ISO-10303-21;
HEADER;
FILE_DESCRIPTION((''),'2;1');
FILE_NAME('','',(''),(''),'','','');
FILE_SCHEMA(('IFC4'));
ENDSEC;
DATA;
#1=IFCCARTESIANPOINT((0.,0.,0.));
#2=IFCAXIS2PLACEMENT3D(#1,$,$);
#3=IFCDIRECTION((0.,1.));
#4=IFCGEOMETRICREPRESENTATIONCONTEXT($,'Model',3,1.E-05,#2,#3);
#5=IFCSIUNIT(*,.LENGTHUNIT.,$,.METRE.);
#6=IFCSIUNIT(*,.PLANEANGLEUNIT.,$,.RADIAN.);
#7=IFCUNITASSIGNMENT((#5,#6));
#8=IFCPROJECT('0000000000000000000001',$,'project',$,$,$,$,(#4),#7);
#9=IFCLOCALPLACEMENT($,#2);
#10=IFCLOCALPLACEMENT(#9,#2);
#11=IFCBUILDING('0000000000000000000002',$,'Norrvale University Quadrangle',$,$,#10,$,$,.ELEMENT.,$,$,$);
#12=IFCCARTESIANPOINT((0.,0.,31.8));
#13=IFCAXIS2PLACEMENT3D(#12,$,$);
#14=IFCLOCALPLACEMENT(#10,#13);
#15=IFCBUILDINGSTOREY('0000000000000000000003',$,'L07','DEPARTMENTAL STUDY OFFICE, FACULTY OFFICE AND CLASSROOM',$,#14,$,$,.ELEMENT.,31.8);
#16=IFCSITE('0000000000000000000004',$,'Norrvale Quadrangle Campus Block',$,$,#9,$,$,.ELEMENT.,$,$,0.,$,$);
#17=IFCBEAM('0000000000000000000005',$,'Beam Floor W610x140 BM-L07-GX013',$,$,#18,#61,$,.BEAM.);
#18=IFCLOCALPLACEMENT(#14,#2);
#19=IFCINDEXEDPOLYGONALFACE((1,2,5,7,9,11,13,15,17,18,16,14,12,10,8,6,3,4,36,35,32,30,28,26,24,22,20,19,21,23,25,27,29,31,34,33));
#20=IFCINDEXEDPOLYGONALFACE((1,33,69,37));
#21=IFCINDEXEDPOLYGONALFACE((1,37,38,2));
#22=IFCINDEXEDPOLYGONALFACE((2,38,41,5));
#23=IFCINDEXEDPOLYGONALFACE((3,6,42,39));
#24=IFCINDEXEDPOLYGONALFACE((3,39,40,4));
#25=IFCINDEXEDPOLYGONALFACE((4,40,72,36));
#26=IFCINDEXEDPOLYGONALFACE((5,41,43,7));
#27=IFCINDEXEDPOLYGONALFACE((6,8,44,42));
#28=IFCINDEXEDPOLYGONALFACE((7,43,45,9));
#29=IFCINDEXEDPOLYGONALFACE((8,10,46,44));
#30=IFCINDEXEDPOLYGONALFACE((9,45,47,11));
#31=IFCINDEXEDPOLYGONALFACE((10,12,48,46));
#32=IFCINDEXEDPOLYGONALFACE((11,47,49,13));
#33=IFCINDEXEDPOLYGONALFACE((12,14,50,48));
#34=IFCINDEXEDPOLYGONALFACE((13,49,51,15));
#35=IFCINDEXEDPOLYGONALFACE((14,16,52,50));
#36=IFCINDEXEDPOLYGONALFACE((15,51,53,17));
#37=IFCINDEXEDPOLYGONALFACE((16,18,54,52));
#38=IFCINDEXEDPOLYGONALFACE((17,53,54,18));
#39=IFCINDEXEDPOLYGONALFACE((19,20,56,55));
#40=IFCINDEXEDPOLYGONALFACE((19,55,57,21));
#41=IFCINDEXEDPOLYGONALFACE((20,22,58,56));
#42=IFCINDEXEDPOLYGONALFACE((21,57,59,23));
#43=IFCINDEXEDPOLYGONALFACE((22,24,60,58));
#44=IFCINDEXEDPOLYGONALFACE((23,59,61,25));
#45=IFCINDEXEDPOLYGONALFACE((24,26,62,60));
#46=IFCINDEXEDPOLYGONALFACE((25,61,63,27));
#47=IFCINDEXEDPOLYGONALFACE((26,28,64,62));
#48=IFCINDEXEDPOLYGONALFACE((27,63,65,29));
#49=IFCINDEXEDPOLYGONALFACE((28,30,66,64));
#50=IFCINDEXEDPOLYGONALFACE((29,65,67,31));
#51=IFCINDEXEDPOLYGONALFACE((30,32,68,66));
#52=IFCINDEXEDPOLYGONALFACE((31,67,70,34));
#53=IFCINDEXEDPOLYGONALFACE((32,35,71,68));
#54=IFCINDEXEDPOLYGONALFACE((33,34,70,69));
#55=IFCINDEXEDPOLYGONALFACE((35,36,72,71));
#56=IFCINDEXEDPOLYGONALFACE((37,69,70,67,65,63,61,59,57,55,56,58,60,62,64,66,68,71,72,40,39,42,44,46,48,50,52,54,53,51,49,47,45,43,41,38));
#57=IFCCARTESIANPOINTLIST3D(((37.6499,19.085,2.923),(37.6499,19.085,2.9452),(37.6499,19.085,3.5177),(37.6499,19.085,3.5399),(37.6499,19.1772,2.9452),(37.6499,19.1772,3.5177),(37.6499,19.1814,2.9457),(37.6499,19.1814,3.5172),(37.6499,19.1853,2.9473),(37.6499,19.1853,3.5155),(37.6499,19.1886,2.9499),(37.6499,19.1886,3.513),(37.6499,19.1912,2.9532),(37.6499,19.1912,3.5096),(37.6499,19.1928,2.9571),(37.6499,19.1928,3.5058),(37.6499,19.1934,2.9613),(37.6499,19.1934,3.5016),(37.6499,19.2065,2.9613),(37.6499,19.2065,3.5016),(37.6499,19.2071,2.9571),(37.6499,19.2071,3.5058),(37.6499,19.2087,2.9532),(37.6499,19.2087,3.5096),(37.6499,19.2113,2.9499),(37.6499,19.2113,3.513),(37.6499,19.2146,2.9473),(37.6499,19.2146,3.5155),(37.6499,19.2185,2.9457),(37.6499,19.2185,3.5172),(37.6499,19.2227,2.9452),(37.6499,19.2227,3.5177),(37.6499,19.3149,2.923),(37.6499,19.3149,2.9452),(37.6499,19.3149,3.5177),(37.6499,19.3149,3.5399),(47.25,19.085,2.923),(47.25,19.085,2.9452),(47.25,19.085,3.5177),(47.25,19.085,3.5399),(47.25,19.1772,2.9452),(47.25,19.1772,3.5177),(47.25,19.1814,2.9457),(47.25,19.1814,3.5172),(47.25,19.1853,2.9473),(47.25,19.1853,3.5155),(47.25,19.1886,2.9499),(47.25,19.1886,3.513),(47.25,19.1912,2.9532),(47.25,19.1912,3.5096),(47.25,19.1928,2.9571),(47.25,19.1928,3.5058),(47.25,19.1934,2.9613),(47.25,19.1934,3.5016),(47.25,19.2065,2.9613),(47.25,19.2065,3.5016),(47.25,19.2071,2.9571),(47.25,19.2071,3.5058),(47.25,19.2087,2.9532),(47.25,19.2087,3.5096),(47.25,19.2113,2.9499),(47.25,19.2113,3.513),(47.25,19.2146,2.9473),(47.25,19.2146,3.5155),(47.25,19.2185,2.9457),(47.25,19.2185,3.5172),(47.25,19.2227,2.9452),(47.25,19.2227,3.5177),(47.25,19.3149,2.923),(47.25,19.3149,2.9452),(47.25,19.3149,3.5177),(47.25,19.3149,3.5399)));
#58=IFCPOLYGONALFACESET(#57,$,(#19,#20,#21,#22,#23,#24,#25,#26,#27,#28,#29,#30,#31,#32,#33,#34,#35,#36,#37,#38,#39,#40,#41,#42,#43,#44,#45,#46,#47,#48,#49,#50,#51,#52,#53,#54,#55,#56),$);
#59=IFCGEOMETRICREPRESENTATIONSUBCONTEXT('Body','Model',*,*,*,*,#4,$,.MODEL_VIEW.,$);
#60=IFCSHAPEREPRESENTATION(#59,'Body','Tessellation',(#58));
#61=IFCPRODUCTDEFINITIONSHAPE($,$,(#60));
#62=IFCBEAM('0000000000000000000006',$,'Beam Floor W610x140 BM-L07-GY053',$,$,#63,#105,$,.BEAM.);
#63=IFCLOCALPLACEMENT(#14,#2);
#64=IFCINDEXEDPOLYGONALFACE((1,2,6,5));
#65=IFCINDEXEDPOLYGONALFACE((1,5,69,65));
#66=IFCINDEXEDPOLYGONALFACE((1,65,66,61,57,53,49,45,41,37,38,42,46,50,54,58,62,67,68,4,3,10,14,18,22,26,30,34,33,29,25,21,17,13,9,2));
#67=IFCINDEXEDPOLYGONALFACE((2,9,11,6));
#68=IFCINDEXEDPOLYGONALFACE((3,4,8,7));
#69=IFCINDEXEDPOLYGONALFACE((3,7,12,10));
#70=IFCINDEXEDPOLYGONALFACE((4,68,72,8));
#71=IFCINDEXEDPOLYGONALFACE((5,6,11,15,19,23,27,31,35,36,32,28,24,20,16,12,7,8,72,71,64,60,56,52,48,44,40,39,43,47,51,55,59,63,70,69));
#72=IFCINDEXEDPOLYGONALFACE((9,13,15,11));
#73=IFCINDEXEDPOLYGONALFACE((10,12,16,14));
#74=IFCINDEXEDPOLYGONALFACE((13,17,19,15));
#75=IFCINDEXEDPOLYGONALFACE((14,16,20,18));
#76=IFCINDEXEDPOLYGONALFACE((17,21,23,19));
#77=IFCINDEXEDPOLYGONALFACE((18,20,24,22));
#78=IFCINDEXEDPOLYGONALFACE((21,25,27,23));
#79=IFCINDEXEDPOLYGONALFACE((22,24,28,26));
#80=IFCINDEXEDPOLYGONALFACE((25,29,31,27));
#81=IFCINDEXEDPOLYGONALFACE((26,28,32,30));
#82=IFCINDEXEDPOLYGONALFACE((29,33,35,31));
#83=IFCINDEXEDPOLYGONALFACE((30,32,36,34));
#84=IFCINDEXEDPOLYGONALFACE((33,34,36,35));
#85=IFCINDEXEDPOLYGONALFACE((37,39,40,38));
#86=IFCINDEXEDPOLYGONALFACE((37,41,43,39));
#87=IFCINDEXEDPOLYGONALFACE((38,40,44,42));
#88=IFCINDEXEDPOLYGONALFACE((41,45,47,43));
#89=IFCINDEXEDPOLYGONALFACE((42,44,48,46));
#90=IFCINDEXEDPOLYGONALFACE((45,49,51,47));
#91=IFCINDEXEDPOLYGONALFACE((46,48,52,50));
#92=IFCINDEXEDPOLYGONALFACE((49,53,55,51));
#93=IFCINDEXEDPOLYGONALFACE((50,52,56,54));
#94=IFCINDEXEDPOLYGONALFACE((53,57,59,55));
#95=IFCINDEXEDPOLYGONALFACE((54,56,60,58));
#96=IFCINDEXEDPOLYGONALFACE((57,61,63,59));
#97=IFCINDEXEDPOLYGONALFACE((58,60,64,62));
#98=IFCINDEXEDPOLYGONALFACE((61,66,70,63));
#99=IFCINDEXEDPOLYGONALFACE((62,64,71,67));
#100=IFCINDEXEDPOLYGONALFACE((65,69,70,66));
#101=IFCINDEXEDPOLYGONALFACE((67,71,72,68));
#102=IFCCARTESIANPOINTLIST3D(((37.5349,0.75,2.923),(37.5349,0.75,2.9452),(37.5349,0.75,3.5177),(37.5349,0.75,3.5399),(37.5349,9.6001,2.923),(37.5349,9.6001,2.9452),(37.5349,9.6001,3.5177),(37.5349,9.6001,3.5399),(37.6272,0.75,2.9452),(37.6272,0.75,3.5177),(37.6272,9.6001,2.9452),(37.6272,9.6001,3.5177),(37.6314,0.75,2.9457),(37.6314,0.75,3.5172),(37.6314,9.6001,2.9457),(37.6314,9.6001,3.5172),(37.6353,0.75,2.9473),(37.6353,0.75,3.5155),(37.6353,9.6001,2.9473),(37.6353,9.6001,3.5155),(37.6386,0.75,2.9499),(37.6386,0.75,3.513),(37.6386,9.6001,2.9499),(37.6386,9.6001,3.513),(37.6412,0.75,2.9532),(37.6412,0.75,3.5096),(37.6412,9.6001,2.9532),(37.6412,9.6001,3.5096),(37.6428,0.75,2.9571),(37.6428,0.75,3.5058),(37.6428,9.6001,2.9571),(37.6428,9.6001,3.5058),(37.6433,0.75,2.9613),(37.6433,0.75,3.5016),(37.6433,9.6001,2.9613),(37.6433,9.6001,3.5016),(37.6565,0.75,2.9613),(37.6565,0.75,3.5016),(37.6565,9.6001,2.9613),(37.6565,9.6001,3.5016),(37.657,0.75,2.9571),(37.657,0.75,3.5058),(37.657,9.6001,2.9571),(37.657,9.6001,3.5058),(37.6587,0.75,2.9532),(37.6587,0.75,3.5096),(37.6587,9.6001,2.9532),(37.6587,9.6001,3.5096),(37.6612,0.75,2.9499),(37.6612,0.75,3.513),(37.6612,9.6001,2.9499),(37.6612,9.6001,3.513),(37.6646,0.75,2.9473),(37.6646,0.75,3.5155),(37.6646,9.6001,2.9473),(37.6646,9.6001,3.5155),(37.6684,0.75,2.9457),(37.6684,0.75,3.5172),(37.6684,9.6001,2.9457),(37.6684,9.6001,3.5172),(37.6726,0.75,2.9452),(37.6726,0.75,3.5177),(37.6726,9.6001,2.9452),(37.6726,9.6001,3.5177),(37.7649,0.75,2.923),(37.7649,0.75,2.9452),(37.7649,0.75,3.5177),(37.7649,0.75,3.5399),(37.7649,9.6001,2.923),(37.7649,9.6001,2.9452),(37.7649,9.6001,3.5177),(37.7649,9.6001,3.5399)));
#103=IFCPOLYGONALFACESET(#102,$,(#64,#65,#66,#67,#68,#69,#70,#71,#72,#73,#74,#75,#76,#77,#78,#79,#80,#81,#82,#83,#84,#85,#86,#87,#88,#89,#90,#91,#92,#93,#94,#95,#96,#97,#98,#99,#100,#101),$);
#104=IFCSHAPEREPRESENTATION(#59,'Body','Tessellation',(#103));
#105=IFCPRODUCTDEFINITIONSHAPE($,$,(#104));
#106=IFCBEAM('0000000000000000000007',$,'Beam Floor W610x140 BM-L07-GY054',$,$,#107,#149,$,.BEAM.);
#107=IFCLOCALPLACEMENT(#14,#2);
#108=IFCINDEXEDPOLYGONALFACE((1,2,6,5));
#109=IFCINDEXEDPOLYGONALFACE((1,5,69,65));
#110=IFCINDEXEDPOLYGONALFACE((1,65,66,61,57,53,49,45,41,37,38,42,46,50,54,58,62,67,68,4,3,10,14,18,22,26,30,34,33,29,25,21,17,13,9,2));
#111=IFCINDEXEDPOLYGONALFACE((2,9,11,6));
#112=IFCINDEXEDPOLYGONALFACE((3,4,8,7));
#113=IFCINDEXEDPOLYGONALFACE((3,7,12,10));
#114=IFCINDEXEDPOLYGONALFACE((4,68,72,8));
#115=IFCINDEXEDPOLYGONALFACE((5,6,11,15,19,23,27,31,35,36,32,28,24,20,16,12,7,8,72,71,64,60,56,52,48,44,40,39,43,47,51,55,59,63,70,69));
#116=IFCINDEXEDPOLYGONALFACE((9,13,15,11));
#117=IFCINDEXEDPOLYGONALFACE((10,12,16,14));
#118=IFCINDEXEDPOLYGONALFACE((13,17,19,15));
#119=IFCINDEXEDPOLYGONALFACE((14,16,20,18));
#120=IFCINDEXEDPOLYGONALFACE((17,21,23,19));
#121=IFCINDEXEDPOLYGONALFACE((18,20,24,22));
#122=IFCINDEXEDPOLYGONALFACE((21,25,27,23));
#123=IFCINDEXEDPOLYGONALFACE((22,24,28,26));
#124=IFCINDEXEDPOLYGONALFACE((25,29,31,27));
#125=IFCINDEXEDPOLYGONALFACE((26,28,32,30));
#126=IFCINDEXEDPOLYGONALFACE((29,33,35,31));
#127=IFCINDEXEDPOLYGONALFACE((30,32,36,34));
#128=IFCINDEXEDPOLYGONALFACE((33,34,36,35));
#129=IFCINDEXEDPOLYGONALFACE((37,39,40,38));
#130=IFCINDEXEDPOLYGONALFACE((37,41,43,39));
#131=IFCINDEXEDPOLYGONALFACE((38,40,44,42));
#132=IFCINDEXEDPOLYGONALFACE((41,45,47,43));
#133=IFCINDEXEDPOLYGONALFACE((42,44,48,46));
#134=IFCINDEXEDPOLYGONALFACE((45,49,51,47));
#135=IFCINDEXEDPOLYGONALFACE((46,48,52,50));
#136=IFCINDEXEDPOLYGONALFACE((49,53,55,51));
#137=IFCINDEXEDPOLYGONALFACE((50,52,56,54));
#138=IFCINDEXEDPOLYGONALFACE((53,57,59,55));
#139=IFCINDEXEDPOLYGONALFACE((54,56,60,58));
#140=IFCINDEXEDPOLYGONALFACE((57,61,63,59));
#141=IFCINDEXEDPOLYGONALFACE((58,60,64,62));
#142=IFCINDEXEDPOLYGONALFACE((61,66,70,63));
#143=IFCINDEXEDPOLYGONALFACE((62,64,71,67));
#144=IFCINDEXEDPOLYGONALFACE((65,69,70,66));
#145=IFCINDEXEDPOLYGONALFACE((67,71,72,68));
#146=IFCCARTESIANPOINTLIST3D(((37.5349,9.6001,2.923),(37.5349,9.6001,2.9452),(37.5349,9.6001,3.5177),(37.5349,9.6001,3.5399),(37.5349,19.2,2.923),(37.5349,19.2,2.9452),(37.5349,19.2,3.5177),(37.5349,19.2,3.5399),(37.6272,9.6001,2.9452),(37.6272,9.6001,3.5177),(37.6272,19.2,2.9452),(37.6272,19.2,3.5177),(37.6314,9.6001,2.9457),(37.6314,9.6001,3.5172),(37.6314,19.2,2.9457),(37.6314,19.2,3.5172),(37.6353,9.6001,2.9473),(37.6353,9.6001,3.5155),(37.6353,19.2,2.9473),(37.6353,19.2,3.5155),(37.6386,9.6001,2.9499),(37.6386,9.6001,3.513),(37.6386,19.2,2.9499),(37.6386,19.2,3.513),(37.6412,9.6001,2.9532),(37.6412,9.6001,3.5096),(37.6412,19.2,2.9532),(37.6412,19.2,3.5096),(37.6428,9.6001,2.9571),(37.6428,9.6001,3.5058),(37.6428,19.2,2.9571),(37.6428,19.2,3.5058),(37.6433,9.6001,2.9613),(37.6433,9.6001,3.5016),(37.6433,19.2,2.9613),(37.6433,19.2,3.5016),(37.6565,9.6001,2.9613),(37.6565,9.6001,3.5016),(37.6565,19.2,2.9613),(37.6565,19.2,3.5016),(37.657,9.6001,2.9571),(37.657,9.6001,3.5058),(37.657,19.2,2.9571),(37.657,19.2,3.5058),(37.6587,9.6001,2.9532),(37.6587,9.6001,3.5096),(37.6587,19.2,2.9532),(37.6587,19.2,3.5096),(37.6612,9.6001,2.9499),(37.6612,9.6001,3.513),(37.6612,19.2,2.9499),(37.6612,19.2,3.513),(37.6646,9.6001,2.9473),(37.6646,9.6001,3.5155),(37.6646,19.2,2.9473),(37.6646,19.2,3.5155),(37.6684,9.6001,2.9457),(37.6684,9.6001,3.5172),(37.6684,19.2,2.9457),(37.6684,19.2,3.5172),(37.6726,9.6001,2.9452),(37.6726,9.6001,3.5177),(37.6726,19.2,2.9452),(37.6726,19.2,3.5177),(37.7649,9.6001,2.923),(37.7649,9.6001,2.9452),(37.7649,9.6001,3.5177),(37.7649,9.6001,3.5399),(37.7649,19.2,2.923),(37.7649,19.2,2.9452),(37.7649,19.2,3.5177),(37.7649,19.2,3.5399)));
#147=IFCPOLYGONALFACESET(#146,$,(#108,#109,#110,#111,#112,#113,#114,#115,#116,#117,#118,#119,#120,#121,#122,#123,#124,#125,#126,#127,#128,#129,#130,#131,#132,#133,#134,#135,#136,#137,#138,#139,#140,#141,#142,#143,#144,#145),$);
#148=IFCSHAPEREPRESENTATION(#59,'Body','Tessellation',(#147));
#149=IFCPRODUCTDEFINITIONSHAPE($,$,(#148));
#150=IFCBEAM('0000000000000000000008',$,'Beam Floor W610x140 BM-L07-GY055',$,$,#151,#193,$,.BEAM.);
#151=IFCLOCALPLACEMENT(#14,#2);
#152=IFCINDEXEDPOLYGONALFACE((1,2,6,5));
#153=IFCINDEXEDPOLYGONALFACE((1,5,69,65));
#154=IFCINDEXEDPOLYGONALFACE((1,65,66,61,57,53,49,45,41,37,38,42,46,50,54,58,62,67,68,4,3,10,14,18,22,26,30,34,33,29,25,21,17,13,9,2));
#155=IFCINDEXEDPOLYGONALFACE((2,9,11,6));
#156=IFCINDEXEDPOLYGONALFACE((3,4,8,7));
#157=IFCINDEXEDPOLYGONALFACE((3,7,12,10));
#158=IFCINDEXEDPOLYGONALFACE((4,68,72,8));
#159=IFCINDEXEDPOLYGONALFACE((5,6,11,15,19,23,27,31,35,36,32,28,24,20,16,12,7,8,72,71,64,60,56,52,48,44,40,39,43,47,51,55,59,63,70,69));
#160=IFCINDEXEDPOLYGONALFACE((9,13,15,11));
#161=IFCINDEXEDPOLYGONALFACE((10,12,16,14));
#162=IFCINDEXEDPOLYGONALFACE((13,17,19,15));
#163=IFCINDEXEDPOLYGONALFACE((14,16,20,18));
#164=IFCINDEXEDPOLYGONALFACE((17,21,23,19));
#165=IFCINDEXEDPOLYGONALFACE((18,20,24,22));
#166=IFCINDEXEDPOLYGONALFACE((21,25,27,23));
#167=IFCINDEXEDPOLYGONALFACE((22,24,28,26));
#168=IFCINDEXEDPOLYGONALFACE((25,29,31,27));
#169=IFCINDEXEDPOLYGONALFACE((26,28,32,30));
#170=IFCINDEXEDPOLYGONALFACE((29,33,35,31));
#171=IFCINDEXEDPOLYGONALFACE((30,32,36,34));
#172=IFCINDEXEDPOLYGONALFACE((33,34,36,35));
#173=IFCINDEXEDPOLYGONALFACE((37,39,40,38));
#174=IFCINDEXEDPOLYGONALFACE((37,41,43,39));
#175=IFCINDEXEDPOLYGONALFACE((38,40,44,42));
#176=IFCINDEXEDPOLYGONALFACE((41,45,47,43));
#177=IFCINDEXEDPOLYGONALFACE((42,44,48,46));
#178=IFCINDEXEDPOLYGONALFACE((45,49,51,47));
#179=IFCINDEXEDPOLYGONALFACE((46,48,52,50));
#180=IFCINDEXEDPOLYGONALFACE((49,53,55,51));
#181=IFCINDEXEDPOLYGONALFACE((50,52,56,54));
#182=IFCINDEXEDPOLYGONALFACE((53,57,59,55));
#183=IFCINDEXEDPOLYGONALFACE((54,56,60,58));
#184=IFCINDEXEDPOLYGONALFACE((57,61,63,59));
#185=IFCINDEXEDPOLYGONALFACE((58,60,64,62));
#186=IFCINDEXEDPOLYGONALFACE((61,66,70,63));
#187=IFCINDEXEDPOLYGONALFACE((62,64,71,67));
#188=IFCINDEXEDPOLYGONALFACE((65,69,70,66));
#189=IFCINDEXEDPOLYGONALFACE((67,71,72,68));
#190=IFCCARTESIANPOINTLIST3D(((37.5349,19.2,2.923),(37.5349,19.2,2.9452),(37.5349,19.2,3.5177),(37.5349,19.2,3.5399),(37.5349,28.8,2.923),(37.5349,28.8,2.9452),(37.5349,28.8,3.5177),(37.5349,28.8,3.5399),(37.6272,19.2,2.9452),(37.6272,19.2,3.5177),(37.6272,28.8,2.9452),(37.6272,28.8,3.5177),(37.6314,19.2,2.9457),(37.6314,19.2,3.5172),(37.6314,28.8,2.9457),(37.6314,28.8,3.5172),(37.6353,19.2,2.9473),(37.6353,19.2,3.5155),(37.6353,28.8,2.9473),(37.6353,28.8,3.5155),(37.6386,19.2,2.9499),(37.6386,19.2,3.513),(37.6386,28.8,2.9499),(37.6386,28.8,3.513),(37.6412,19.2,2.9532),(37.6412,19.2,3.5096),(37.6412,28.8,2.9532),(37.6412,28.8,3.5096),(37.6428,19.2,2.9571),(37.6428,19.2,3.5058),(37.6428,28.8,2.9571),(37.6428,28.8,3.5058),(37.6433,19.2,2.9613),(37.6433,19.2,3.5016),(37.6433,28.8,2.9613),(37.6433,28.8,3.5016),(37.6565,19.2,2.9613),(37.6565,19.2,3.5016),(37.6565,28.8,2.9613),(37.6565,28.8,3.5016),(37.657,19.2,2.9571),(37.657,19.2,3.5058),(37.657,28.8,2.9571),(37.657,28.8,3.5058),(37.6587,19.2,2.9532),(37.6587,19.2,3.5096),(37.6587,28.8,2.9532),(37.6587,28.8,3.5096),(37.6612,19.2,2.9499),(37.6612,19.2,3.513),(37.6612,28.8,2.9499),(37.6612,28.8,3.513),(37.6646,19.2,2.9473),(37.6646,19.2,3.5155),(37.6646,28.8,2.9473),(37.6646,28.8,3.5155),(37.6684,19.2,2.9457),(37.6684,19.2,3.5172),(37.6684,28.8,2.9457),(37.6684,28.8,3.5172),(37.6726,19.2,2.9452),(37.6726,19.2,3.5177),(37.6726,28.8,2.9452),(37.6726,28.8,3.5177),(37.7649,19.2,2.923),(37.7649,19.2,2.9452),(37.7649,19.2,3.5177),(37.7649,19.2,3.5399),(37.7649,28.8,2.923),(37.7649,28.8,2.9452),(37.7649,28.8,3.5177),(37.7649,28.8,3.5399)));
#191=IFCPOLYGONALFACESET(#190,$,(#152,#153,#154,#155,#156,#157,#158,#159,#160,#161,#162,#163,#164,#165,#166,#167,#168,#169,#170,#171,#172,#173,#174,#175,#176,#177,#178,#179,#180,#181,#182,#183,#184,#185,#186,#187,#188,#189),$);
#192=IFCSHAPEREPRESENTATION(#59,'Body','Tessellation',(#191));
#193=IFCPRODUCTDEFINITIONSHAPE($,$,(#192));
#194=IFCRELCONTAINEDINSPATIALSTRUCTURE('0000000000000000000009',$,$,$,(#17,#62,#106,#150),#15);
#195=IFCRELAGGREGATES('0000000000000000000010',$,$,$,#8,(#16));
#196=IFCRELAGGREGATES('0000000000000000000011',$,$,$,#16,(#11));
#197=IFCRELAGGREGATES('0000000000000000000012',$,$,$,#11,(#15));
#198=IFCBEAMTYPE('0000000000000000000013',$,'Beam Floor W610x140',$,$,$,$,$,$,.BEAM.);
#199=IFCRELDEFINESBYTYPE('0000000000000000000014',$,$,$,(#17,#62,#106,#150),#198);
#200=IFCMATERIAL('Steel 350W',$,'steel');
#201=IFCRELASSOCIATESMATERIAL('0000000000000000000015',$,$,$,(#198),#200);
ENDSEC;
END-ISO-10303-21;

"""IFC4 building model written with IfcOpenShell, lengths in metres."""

from ifc_helpers import new_model, si_unit, direction, frame, origin, origin_2d, place, context, subcontext, project, spatial, i_section, extrude, material, material_profile, profile_set, type_object, element, save


model = new_model("IFC4")

# Units and contexts
model_context = context("Model", 3, precision=1e-05, world=origin(), true_north=direction((0.0, 1.0)))
body_context = subcontext(model_context, "Body", "Model", "MODEL_VIEW")
ifc_project = project(units=[si_unit("LENGTHUNIT", "METRE"), si_unit("PLANEANGLEUNIT", "RADIAN")], contexts=[model_context])

# Site, building, storey
site_placement = place(None, origin())
site = spatial("IfcSite", under=ifc_project, at=site_placement, Name="Norrvale Quadrangle Campus Block", CompositionType="ELEMENT", RefElevation=0.0)
building_placement = place(site_placement, origin())
building = spatial("IfcBuilding", under=site, at=building_placement, Name="Norrvale University Quadrangle", CompositionType="ELEMENT")
storey_placement = place(building_placement, frame((0.0, 0.0, 31.8)))
storey = spatial("IfcBuildingStorey", under=building, at=storey_placement, Name="L07", Description="DEPARTMENTAL STUDY OFFICE, FACULTY OFFICE AND CLASSROOM", CompositionType="ELEMENT", Elevation=31.8)

# Beams
ifc_material_1 = material(Name="Steel 350W", Category="steel")
ifc_material_profile_1 = material_profile(ifc_material_1, i_section(OverallWidth=0.23, OverallDepth=0.6169, WebThickness=0.0132, FlangeThickness=0.0222, FilletRadius=0.0161, at=origin_2d()), Name="Steel 350W")
ifc_profile_set_1 = profile_set([ifc_material_profile_1], Name="Steel 350W")
beam_type_1 = type_object("IfcBeamType", Name="Beam Floor W610x140", PredefinedType="BEAM", material=ifc_profile_set_1)
for number, where, z_axis, x_axis, name in (
    (1, (37.6499, 19.2, 3.2314), (1.0, 0.0, 0.0), (0.0, 1.0, 0.0), "Beam Floor W610x140 BM-L07-GX013"),
):
    element("IfcBeam", number, at=place(storey_placement, frame(where, z_axis=z_axis, x_axis=x_axis)), inside=storey, type_object=beam_type_1, Name=name, PredefinedType="BEAM", context=body_context, shape_type="SweptSolid", body=[
        extrude(i_section(OverallWidth=0.23, OverallDepth=0.6169, WebThickness=0.0132, FlangeThickness=0.0222, FilletRadius=0.0161, at=origin_2d()), origin(), (0.0, 0.0, 1.0), 9.6001),
    ])
beam_1_placement = place(storey_placement, frame((37.6499, 0.75, 3.2314), z_axis=(0.0, 1.0, 0.0), x_axis=(-1.0, 0.0, 0.0)))
element("IfcBeam", 2, at=beam_1_placement, inside=storey, type_object=beam_type_1, Name="Beam Floor W610x140 BM-L07-GY053", PredefinedType="BEAM", context=body_context, shape_type="SweptSolid", body=[
    extrude(i_section(OverallWidth=0.23, OverallDepth=0.6169, WebThickness=0.0132, FlangeThickness=0.0222, FilletRadius=0.0161, at=origin_2d()), origin(), (0.0, 0.0, 1.0), 8.8501),
])
beam_2_placement = place(storey_placement, frame((37.6499, 9.6001, 3.2314), z_axis=(0.0, 1.0, 0.0), x_axis=(-1.0, 0.0, 0.0)))
element("IfcBeam", 3, at=beam_2_placement, inside=storey, type_object=beam_type_1, Name="Beam Floor W610x140 BM-L07-GY054", PredefinedType="BEAM", context=body_context, shape_type="SweptSolid", body=[
    extrude(i_section(OverallWidth=0.23, OverallDepth=0.6169, WebThickness=0.0132, FlangeThickness=0.0222, FilletRadius=0.0161, at=origin_2d()), origin(), (0.0, 0.0, 1.0), 9.5999),
])
beam_3_placement = place(storey_placement, frame((37.6499, 19.2, 3.2314), z_axis=(0.0, 1.0, 0.0), x_axis=(-1.0, 0.0, 0.0)))
element("IfcBeam", 4, at=beam_3_placement, inside=storey, type_object=beam_type_1, Name="Beam Floor W610x140 BM-L07-GY055", PredefinedType="BEAM", context=body_context, shape_type="SweptSolid", body=[
    extrude(i_section(OverallWidth=0.23, OverallDepth=0.6169, WebThickness=0.0132, FlangeThickness=0.0222, FilletRadius=0.0161, at=origin_2d()), origin(), (0.0, 0.0, 1.0), 9.6001),
])

save(model, "model.ifc")
